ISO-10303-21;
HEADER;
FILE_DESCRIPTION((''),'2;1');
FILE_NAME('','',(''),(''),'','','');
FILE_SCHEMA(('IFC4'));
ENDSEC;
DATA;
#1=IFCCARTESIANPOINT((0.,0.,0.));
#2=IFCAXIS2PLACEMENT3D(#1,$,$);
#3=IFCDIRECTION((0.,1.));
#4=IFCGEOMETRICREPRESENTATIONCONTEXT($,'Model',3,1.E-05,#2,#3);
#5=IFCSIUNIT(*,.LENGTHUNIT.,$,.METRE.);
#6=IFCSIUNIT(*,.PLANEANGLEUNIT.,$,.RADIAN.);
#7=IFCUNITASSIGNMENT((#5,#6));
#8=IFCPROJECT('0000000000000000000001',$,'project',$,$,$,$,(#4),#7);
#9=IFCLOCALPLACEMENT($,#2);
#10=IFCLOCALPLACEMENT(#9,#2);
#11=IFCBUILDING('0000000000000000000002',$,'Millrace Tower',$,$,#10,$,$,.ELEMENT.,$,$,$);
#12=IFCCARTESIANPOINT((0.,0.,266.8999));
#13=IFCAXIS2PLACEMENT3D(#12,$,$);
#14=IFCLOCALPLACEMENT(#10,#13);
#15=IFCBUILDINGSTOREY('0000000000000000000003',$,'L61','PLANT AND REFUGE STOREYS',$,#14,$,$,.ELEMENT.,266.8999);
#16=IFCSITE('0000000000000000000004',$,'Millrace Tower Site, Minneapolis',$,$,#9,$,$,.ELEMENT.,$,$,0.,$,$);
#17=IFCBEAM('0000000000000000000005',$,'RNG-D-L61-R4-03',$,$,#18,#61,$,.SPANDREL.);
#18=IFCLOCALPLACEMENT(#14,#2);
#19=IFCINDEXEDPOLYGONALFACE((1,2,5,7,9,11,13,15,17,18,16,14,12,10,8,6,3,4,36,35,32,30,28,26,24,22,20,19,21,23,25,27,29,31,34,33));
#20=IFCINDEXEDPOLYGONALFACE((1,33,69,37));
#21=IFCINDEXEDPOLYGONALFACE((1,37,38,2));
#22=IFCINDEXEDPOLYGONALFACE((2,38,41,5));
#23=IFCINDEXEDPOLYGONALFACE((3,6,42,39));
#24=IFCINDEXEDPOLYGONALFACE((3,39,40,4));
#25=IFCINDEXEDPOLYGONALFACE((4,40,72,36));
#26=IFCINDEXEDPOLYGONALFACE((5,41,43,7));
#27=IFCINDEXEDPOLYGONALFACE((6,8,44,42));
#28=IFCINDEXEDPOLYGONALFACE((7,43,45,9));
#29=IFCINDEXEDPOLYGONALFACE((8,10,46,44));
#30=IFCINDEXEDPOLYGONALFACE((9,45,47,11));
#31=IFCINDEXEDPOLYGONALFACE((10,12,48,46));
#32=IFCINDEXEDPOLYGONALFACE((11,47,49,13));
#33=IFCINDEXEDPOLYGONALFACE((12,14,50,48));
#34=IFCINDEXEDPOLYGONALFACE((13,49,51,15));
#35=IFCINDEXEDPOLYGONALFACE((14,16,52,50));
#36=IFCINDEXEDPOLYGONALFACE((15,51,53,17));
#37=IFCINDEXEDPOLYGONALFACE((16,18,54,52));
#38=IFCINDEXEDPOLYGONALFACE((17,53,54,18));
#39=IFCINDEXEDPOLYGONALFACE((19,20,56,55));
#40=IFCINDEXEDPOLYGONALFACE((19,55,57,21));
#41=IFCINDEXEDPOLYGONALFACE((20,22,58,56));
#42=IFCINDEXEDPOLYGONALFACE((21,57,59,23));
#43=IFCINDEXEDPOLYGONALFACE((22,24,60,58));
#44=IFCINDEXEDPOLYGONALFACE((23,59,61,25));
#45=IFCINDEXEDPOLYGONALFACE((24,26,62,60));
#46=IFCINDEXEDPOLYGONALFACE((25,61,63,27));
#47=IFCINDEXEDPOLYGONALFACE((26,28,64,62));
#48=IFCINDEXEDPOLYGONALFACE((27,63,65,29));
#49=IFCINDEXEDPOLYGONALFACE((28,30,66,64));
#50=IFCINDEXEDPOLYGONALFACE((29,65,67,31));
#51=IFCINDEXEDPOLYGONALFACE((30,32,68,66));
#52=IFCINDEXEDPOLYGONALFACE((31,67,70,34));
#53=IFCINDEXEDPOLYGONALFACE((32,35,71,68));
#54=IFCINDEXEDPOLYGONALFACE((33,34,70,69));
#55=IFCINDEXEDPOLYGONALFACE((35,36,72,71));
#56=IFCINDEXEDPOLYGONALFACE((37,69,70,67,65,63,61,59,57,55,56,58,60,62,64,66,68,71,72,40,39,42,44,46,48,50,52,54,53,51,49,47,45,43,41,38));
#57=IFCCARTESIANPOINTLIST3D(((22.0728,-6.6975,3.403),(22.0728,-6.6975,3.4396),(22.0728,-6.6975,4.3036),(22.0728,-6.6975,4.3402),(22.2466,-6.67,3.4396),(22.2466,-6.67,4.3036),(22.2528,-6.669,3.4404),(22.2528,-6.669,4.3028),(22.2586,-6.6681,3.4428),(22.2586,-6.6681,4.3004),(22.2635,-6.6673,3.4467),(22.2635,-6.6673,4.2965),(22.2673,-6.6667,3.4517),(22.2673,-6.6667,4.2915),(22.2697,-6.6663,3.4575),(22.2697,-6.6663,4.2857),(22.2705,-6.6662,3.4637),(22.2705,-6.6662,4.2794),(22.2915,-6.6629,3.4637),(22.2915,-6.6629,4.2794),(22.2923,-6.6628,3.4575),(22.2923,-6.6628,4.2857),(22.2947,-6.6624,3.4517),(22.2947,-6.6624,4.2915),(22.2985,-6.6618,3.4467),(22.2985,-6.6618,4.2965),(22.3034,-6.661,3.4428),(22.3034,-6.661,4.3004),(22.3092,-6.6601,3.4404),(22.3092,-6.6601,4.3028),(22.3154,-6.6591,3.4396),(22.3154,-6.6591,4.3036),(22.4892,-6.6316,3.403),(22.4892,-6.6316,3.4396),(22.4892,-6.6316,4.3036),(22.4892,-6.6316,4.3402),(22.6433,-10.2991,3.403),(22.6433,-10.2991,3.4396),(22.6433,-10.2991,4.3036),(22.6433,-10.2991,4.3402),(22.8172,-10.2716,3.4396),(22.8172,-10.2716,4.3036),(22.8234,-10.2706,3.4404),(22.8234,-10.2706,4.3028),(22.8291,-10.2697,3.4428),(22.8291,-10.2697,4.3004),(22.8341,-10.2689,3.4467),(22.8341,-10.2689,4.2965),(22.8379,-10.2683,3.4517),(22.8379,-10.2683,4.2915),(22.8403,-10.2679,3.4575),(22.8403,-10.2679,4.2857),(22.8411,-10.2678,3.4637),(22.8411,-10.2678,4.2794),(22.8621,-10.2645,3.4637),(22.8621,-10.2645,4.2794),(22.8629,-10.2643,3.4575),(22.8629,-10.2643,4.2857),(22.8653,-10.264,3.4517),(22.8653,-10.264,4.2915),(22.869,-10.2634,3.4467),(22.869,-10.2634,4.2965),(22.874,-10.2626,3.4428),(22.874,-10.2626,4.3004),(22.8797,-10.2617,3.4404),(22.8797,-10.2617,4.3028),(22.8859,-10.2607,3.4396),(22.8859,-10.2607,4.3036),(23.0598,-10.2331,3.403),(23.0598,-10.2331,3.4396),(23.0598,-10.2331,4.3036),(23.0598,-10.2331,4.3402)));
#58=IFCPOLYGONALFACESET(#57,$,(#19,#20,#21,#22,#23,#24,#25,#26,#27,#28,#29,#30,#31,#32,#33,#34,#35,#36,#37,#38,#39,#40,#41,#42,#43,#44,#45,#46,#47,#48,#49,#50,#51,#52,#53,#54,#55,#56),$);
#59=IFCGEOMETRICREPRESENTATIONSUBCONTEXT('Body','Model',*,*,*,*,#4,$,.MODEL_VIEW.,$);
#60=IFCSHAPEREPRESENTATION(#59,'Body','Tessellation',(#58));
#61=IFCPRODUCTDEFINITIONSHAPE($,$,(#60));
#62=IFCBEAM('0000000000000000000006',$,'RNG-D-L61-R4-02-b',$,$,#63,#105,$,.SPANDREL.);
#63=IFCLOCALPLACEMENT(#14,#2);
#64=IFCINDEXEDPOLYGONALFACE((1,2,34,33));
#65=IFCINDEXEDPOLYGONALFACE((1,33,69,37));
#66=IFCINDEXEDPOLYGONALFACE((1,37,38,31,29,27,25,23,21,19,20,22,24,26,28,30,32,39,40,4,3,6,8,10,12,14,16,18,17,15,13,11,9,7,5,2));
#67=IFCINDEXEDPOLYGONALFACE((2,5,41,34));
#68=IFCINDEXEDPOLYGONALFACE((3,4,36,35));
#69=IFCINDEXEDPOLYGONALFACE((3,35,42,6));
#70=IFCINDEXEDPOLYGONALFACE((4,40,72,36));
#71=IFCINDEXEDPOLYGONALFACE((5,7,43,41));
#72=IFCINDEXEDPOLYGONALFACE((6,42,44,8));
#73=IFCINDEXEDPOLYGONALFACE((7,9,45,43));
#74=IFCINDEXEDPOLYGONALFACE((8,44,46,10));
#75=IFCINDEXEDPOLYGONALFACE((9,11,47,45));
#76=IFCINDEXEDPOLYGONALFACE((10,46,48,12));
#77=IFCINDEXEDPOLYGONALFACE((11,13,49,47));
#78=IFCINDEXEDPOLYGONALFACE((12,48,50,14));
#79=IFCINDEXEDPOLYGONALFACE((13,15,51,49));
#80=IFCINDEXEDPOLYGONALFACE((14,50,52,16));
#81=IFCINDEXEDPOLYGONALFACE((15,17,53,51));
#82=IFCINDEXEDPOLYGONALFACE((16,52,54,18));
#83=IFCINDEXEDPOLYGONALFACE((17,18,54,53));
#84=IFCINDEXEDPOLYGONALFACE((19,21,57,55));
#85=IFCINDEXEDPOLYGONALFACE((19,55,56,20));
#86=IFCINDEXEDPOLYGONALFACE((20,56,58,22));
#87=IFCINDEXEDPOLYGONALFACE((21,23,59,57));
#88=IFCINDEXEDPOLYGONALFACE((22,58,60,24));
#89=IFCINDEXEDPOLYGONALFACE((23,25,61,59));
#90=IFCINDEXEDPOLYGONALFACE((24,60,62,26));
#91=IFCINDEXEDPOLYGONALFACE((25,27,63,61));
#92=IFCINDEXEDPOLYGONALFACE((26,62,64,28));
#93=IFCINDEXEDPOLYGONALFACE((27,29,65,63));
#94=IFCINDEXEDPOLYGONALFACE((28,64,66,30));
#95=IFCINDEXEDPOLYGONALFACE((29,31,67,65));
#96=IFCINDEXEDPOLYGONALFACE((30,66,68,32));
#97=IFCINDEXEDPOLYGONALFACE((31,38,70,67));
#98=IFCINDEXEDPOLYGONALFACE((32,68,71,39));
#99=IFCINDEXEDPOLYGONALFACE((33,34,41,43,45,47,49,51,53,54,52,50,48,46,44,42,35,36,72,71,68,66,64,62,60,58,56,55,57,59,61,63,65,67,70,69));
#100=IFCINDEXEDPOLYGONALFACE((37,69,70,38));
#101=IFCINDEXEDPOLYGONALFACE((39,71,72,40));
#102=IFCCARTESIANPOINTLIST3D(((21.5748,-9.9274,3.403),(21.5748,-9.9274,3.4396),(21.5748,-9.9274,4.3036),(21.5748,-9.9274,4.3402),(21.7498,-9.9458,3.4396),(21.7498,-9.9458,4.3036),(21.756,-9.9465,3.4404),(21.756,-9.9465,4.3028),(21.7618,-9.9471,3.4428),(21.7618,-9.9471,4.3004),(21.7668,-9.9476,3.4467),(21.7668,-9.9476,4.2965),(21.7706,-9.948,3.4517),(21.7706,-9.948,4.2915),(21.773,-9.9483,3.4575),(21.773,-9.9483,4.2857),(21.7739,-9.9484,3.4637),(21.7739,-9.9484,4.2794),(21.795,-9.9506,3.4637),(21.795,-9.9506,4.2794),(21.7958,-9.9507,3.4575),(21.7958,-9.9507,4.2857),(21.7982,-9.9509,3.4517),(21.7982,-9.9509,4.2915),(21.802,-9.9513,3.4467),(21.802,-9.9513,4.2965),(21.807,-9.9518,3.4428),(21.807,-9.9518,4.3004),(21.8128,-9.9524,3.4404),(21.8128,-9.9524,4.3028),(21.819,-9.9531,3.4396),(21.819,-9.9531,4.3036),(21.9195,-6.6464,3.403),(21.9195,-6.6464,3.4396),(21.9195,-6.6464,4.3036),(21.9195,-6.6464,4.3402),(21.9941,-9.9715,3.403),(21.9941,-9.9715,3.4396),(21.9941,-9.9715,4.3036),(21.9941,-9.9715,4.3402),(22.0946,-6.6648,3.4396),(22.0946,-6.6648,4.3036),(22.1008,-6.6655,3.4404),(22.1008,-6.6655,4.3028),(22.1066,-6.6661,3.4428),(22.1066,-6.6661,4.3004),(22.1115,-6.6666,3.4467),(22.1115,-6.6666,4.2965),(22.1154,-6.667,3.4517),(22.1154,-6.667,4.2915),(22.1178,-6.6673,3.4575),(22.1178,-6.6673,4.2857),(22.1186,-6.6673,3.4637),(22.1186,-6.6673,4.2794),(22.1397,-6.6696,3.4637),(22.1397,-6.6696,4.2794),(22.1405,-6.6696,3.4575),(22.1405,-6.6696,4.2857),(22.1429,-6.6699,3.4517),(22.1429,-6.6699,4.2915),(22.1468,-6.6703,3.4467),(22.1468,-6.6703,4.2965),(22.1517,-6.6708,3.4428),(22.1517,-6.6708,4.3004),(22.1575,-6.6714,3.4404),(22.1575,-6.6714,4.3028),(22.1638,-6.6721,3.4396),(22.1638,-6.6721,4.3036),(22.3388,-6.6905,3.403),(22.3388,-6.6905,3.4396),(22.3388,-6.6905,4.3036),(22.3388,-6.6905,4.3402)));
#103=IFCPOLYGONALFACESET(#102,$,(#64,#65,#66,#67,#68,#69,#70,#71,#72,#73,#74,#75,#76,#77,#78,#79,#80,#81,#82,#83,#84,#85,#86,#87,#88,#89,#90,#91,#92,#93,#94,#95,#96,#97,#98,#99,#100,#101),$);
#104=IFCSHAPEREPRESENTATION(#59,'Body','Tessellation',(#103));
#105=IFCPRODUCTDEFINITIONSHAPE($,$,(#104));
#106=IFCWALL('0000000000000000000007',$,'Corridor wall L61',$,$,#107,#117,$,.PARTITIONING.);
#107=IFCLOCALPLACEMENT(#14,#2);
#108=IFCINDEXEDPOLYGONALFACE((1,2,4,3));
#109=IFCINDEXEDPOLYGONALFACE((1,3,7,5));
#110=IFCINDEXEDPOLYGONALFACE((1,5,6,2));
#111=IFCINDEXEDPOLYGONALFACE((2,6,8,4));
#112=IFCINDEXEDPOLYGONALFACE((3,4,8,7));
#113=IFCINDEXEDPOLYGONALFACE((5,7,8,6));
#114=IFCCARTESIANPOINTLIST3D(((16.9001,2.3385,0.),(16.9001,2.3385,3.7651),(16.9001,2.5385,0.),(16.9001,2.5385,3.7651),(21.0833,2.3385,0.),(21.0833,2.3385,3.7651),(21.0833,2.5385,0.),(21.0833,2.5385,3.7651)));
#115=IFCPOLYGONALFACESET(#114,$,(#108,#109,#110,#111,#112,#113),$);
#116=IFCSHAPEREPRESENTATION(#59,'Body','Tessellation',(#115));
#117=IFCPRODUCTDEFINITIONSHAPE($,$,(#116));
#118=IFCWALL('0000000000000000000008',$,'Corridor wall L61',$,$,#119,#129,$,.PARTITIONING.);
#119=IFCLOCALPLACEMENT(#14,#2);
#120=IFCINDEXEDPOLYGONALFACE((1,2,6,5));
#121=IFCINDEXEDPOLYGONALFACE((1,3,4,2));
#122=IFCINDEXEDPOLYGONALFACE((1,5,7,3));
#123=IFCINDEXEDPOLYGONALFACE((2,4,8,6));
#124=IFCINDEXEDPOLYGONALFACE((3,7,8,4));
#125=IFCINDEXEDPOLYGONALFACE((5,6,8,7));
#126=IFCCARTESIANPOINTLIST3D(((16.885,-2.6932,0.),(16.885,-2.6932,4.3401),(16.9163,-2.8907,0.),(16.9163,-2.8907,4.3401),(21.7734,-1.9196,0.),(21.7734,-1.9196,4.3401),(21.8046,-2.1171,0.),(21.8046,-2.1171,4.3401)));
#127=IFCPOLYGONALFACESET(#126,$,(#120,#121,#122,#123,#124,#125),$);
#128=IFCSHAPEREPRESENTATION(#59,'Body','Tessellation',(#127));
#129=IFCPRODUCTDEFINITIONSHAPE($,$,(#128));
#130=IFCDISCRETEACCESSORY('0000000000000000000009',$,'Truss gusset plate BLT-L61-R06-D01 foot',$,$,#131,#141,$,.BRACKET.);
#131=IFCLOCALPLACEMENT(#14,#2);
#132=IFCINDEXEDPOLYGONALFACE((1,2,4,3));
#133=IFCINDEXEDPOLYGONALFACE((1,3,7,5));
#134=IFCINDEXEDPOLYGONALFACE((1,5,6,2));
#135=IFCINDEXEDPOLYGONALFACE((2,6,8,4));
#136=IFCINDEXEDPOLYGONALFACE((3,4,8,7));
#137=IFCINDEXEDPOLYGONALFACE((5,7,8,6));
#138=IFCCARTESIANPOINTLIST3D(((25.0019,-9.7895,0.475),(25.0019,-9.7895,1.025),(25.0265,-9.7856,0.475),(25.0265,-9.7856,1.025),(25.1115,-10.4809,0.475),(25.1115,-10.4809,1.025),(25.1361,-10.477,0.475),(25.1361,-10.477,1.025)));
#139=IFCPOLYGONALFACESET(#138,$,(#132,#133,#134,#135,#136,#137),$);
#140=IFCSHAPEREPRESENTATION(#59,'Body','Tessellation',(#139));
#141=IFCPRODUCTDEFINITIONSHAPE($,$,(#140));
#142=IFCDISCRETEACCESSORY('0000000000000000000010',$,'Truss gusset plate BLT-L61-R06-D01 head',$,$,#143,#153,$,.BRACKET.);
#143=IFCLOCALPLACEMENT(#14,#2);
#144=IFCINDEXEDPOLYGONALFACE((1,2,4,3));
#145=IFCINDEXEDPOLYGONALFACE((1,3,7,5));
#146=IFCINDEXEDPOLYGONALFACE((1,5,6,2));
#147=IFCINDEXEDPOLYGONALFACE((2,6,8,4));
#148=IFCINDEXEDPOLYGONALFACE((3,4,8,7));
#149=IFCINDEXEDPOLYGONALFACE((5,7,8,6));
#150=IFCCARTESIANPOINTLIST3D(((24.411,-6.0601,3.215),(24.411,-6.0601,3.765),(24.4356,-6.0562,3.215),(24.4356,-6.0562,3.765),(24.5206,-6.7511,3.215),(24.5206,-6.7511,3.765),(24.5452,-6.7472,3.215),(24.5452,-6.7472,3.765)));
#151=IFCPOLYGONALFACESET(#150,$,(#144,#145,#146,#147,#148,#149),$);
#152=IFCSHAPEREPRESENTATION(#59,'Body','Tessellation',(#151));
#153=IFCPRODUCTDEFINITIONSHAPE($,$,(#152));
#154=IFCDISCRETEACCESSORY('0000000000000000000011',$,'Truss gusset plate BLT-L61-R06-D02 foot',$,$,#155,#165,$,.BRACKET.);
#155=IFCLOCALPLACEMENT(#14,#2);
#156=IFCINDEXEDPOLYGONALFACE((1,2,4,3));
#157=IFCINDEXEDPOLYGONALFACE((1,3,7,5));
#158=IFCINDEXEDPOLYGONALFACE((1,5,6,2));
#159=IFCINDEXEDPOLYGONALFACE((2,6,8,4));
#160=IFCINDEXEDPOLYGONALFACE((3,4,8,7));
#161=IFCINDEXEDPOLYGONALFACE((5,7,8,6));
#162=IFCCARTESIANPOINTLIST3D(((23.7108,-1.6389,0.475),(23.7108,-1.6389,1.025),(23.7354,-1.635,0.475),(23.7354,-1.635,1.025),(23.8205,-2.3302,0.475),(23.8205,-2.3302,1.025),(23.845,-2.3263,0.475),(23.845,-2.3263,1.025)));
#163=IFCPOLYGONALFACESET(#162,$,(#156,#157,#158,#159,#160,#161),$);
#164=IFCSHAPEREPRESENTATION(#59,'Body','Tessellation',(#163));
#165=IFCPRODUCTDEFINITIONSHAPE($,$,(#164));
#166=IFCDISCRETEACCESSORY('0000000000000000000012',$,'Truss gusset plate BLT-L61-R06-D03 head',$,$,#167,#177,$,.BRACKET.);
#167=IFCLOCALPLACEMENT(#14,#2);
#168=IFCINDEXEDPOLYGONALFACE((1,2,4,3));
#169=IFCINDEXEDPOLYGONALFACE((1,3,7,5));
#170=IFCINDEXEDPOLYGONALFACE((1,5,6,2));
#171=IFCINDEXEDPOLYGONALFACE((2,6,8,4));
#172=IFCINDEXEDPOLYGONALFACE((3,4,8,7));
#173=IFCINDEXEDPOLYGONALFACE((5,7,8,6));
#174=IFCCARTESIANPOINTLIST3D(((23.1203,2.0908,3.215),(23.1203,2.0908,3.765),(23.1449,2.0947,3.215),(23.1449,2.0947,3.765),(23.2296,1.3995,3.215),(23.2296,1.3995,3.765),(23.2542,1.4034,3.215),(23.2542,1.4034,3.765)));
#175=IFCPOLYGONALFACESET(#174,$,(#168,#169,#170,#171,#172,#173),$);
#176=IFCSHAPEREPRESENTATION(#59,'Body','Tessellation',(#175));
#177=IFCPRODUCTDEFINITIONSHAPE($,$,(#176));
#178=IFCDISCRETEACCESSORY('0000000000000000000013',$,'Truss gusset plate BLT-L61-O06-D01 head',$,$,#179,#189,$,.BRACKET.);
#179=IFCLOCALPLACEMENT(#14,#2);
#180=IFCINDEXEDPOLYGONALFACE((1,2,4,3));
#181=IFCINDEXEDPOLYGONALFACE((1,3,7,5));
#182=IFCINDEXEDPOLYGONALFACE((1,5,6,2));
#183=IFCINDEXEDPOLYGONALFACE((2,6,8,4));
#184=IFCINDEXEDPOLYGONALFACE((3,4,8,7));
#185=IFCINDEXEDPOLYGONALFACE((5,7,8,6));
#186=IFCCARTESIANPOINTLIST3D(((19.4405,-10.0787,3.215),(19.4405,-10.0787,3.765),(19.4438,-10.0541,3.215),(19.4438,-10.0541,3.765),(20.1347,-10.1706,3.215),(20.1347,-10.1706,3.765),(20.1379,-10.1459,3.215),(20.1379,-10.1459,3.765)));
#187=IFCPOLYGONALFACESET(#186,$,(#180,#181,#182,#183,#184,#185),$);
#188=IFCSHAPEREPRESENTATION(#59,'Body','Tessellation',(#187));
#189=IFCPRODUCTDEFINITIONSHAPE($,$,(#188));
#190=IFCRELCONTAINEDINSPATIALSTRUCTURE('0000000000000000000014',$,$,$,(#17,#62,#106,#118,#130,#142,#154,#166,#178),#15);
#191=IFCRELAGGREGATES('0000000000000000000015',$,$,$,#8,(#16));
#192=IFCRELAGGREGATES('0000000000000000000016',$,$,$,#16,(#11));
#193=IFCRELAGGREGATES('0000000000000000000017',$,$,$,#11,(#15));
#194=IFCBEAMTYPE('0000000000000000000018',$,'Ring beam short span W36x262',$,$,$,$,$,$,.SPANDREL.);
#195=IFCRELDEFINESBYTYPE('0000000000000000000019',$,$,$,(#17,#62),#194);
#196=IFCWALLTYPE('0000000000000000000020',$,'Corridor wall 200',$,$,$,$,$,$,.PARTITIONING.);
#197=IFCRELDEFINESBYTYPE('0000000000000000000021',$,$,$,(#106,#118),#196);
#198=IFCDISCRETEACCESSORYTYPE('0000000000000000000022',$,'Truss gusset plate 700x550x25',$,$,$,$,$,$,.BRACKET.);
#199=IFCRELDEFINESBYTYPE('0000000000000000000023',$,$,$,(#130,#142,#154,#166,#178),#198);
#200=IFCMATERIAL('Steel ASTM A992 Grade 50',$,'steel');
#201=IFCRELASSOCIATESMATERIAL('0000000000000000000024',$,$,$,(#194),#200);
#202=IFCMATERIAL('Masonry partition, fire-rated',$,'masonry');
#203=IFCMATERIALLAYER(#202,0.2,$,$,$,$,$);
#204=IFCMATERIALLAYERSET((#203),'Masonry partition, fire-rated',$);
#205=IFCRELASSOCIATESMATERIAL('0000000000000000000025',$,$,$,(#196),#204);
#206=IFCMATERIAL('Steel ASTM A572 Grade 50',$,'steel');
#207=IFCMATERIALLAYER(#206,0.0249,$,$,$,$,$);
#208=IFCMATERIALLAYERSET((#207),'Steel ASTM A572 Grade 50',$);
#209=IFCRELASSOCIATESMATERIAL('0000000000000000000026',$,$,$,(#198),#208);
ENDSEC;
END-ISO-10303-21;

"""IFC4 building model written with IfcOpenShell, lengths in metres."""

from ifc_helpers import new_model, si_unit, direction, frame, frame_2d, origin, origin_2d, place, context, subcontext, project, spatial, rectangle, i_section, extrude, material, layer, layer_set, material_profile, profile_set, type_object, element, save


model = new_model("IFC4")

# Units and contexts
model_context = context("Model", 3, precision=1e-05, world=origin(), true_north=direction((0.0, 1.0)))
body_context = subcontext(model_context, "Body", "Model", "MODEL_VIEW")
ifc_project = project(units=[si_unit("LENGTHUNIT", "METRE"), si_unit("PLANEANGLEUNIT", "RADIAN")], contexts=[model_context])

# Site, building, storey
site_placement = place(None, origin())
site = spatial("IfcSite", under=ifc_project, at=site_placement, Name="Millrace Tower Site, Minneapolis", CompositionType="ELEMENT", RefElevation=0.0)
building_placement = place(site_placement, origin())
building = spatial("IfcBuilding", under=site, at=building_placement, Name="Millrace Tower", CompositionType="ELEMENT")
storey_placement = place(building_placement, frame((0.0, 0.0, 266.8999)))
storey = spatial("IfcBuildingStorey", under=building, at=storey_placement, Name="L61", Description="PLANT AND REFUGE STOREYS", CompositionType="ELEMENT", Elevation=266.8999)

# Beams
ifc_material_1 = material(Name="Steel ASTM A992 Grade 50", Category="steel")
ifc_material_profile_1 = material_profile(ifc_material_1, i_section(OverallWidth=0.4216, OverallDepth=0.9373, WebThickness=0.0212, FlangeThickness=0.0366, FilletRadius=0.0242, at=origin_2d()))
ifc_profile_set_1 = profile_set([ifc_material_profile_1], Name="Steel ASTM A992 Grade 50")
beam_type_1 = type_object("IfcBeamType", Name="Ring beam short span W36x262", PredefinedType="SPANDREL", material=ifc_profile_set_1)
beam_1_placement = place(storey_placement, frame((22.281, -6.6646, 3.8716), z_axis=(0.156468, -0.987683, 0.0), x_axis=(0.987683, 0.156468, 0.0)))
element("IfcBeam", 1, at=beam_1_placement, inside=storey, type_object=beam_type_1, Name="RNG-D-L61-R4-03", PredefinedType="SPANDREL", context=body_context, shape_type="SweptSolid", body=[
    extrude(i_section(OverallWidth=0.4216, OverallDepth=0.9373, WebThickness=0.0212, FlangeThickness=0.0366, FilletRadius=0.0242, at=origin_2d()), origin(), (0.0, 0.0, 1.0), 3.6465),
])
beam_2_placement = place(storey_placement, frame((21.7844, -9.9495, 3.8716), z_axis=(0.104492, 0.994526, 0.0), x_axis=(-0.994526, 0.104492, 0.0)))
element("IfcBeam", 2, at=beam_2_placement, inside=storey, type_object=beam_type_1, Name="RNG-D-L61-R4-02-b", PredefinedType="SPANDREL", context=body_context, shape_type="SweptSolid", body=[
    extrude(i_section(OverallWidth=0.4216, OverallDepth=0.9373, WebThickness=0.0212, FlangeThickness=0.0366, FilletRadius=0.0242, at=origin_2d()), origin(), (0.0, 0.0, 1.0), 3.2991),
])

# Walls
ifc_material_2 = material(Name="Masonry partition, fire-rated", Category="masonry")
ifc_layer_1 = layer(ifc_material_2, 0.2)
ifc_layer_set_1 = layer_set([ifc_layer_1], Name="Masonry partition, fire-rated")
wall_type = type_object("IfcWallType", Name="Corridor wall 200", PredefinedType="PARTITIONING", material=ifc_layer_set_1)
wall_1_placement = place(storey_placement, frame((16.9001, 2.4385, 0.0), z_axis=(0.0, 0.0, 1.0), x_axis=(1.0, 0.0, 0.0)))
element("IfcWall", 3, at=wall_1_placement, inside=storey, type_object=wall_type, Name="Corridor wall L61", PredefinedType="PARTITIONING", context=body_context, shape_type="SweptSolid", body=[
    extrude(rectangle(XDim=4.1831, YDim=0.2, at=frame_2d((2.0916, 0.0))), origin(), (0.0, 0.0, 1.0), 3.7651),
])
wall_2_placement = place(storey_placement, frame((16.9006, -2.792, 0.0), z_axis=(0.0, 0.0, 1.0), x_axis=(0.987706, 0.156322, 0.0)))
element("IfcWall", 4, at=wall_2_placement, inside=storey, type_object=wall_type, Name="Corridor wall L61", PredefinedType="PARTITIONING", context=body_context, shape_type="SweptSolid", body=[
    extrude(rectangle(XDim=4.9492, YDim=0.2, at=frame_2d((2.4746, 0.0))), origin(), (0.0, 0.0, 1.0), 4.3401),
])

# Discrete accessories
ifc_material_3 = material(Name="Steel ASTM A572 Grade 50", Category="steel")
ifc_layer_2 = layer(ifc_material_3, 0.0249)
ifc_layer_set_2 = layer_set([ifc_layer_2], Name="Steel ASTM A572 Grade 50")
discrete_accessory_type = type_object("IfcDiscreteAccessoryType", Name="Truss gusset plate 700x550x25", PredefinedType="BRACKET", material=ifc_layer_set_2)
discrete_accessory_1_placement = place(storey_placement, frame((25.0142, -9.7876, 0.75), z_axis=(0.156589, -0.987664, 0.0), x_axis=(0.987664, 0.156589, 0.0)))
element("IfcDiscreteAccessory", 5, at=discrete_accessory_1_placement, inside=storey, type_object=discrete_accessory_type, Name="Truss gusset plate BLT-L61-R06-D01 foot", PredefinedType="BRACKET", context=body_context, shape_type="SweptSolid", body=[
    extrude(rectangle(XDim=0.0249, YDim=0.55, at=origin_2d()), origin(), (0.0, 0.0, 1.0), 0.7),
])
discrete_accessory_2_placement = place(storey_placement, frame((24.4233, -6.0581, 3.49), z_axis=(0.156643, -0.987655, 0.0), x_axis=(0.987655, 0.156643, 0.0)))
element("IfcDiscreteAccessory", 6, at=discrete_accessory_2_placement, inside=storey, type_object=discrete_accessory_type, Name="Truss gusset plate BLT-L61-R06-D01 head", PredefinedType="BRACKET", context=body_context, shape_type="SweptSolid", body=[
    extrude(rectangle(XDim=0.0249, YDim=0.55, at=origin_2d()), origin(), (0.0, 0.0, 1.0), 0.6997),
])
for number, where, z_axis, x_axis, name in (
    (7, (23.7231, -1.637, 0.75), (0.156589, -0.987664, 0.0), (0.987664, 0.156589, 0.0), "Truss gusset plate BLT-L61-R06-D02 foot"),
    (8, (23.1326, 2.0928, 3.49), (0.156249, -0.987718, 0.0), (0.987718, 0.156249, 0.0), "Truss gusset plate BLT-L61-R06-D03 head"),
):
    element("IfcDiscreteAccessory", number, at=place(storey_placement, frame(where, z_axis=z_axis, x_axis=x_axis)), inside=storey, type_object=discrete_accessory_type, Name=name, PredefinedType="BRACKET", context=body_context, shape_type="SweptSolid", body=[
        extrude(rectangle(XDim=0.0249, YDim=0.55, at=origin_2d()), origin(), (0.0, 0.0, 1.0), 0.7),
    ])
discrete_accessory_3_placement = place(storey_placement, frame((19.4421, -10.0664, 3.49), z_axis=(0.991367, -0.131113, 0.0), x_axis=(0.131113, 0.991367, 0.0)))
element("IfcDiscreteAccessory", 9, at=discrete_accessory_3_placement, inside=storey, type_object=discrete_accessory_type, Name="Truss gusset plate BLT-L61-O06-D01 head", PredefinedType="BRACKET", context=body_context, shape_type="SweptSolid", body=[
    extrude(rectangle(XDim=0.0249, YDim=0.55, at=origin_2d()), origin(), (0.0, 0.0, 1.0), 0.7002),
])

save(model, "model.ifc")
